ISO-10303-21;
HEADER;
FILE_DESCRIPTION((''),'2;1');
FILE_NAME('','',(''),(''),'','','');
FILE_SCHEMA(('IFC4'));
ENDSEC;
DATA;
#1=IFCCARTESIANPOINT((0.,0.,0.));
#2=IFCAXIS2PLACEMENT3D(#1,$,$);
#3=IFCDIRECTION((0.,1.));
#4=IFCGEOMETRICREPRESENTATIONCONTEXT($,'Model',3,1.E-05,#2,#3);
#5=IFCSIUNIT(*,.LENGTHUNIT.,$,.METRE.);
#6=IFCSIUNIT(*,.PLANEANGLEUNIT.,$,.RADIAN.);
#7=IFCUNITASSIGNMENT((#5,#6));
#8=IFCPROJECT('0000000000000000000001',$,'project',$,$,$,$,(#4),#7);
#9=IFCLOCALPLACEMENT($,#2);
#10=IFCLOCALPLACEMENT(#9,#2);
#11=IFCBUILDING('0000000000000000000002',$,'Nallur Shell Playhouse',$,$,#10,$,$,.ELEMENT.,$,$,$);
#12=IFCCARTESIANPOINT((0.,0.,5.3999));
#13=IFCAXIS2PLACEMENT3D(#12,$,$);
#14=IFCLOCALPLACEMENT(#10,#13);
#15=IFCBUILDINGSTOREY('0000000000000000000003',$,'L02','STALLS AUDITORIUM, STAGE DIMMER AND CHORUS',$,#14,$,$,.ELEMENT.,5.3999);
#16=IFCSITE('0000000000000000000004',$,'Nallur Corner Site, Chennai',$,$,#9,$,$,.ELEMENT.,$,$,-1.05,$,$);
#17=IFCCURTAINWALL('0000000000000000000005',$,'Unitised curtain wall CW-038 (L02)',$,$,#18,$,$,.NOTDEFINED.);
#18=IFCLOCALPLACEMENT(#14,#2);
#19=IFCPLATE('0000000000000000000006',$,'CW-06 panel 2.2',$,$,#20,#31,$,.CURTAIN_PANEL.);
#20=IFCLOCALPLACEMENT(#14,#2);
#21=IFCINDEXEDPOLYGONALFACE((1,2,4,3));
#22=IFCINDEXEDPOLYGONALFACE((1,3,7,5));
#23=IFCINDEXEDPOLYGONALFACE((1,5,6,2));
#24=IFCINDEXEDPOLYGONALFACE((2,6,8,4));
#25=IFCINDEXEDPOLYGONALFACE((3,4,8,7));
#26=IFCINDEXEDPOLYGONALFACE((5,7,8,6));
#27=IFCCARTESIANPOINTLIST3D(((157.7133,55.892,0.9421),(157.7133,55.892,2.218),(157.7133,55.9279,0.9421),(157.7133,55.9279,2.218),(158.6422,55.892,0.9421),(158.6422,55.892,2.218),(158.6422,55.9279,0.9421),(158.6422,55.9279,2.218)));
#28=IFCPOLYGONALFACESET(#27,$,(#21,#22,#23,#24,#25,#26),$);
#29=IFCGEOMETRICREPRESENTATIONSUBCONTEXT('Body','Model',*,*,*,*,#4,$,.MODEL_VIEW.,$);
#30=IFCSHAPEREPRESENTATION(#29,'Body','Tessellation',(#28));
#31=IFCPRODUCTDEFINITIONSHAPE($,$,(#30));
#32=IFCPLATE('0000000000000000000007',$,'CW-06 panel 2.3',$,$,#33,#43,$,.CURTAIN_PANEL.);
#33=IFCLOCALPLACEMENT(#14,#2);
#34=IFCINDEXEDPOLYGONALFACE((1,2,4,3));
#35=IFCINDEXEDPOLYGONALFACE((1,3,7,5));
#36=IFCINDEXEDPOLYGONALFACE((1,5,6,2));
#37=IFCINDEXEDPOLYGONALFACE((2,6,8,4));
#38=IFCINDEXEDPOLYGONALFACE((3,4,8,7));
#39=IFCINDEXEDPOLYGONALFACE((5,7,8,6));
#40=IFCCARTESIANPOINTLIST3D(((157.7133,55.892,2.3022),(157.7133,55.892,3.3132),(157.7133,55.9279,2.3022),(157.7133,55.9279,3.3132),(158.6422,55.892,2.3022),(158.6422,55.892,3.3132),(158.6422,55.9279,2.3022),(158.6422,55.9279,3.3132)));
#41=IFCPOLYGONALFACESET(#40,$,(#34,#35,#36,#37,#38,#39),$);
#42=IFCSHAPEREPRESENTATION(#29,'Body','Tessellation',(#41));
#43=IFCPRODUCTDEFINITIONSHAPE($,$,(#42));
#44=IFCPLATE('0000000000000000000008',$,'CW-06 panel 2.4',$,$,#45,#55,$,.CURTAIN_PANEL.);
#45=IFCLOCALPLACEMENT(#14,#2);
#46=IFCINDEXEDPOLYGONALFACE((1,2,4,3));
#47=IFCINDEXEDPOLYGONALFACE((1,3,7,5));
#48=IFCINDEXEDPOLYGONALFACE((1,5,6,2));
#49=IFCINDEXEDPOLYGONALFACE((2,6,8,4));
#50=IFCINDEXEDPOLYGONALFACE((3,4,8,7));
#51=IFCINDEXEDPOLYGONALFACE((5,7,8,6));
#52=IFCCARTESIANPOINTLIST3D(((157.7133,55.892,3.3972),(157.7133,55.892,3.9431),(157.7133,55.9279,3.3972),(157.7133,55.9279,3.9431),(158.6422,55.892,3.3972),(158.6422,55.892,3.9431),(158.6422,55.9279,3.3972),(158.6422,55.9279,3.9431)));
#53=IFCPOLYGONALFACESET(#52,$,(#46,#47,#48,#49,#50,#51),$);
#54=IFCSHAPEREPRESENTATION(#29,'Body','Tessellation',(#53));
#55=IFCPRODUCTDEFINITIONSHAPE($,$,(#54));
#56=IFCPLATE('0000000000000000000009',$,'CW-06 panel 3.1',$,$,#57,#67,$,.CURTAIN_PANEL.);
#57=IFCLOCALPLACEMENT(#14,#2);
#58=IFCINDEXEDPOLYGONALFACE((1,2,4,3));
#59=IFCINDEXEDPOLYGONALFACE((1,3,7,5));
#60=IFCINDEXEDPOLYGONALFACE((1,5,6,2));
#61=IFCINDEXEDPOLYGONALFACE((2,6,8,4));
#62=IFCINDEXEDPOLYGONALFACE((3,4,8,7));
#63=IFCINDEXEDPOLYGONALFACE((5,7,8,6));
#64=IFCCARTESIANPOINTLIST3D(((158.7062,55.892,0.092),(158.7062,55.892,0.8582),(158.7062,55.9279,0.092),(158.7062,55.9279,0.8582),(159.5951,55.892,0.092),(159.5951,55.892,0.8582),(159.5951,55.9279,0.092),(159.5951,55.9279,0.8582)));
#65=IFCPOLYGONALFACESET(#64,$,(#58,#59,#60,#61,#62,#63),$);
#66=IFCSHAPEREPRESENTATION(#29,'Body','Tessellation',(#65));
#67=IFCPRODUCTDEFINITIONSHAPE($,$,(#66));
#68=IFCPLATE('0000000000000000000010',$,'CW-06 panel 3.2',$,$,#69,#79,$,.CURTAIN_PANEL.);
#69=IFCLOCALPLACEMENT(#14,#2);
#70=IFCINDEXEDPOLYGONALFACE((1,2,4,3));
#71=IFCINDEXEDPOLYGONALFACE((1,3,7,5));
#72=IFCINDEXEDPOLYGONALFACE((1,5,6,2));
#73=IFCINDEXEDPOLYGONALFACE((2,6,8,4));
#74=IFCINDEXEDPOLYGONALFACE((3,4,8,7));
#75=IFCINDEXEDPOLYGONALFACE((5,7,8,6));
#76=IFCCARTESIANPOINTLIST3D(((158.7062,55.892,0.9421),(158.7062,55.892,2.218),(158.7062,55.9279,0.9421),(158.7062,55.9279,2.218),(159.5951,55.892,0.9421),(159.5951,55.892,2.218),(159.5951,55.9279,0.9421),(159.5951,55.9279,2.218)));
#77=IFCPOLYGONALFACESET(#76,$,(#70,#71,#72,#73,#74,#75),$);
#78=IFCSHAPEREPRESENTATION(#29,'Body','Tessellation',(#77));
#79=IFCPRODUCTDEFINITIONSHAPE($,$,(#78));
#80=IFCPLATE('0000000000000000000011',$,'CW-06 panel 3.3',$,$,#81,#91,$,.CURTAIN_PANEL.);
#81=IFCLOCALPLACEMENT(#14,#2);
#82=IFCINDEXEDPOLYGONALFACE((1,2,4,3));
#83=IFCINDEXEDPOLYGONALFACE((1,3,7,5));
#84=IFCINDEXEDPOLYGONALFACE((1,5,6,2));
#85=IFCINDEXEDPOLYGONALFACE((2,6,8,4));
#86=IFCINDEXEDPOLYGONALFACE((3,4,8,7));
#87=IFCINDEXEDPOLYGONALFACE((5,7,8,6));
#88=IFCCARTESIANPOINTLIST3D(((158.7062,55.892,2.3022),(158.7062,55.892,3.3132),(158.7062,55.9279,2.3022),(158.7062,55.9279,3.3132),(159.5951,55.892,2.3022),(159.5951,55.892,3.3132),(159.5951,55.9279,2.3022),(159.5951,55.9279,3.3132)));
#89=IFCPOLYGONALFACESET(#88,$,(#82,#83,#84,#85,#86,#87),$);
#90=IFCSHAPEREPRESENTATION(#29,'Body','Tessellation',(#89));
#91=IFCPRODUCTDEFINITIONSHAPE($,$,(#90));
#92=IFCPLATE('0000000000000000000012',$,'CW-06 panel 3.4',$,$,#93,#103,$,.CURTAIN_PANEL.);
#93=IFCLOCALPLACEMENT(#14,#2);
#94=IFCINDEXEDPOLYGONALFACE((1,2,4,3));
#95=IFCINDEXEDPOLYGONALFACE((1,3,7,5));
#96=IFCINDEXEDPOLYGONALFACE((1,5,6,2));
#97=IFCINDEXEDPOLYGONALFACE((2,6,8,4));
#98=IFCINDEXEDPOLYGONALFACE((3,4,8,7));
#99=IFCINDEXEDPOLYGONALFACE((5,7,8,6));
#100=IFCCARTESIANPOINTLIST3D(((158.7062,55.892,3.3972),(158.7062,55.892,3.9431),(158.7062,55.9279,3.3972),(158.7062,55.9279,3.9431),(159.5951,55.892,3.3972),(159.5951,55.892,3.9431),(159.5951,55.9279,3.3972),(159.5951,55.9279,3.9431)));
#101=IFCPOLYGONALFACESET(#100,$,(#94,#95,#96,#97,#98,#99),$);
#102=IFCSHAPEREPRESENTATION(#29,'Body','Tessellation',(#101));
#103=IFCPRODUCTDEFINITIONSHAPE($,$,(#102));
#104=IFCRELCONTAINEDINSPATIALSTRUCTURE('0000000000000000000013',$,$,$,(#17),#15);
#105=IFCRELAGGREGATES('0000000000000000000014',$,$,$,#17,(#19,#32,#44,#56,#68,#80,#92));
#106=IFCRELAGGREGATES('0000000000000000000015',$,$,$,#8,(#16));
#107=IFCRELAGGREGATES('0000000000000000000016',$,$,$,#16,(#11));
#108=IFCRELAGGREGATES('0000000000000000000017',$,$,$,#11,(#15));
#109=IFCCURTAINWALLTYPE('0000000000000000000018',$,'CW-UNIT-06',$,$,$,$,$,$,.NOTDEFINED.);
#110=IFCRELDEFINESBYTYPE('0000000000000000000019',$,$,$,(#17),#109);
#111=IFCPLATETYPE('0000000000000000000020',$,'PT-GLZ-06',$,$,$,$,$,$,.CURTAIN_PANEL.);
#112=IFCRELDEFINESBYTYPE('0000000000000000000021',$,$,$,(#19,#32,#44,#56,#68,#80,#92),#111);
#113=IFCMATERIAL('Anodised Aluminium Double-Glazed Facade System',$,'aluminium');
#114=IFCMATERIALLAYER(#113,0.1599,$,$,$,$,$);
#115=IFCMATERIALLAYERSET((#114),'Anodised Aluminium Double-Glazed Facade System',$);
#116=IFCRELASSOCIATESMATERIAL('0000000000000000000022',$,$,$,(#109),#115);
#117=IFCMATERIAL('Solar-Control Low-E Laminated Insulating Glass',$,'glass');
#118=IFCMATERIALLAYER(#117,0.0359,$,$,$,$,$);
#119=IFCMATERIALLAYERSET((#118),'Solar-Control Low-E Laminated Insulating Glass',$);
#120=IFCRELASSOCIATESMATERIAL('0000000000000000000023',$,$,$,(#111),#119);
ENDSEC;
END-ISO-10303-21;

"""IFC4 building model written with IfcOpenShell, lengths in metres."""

from ifc_helpers import new_model, si_unit, direction, frame, origin, origin_2d, place, context, subcontext, project, spatial, rectangle, extrude, material, layer, layer_set, type_object, element, aggregate, save


model = new_model("IFC4")

# Units and contexts
model_context = context("Model", 3, precision=1e-05, world=origin(), true_north=direction((0.0, 1.0)))
body_context = subcontext(model_context, "Body", "Model", "MODEL_VIEW")
ifc_project = project(units=[si_unit("LENGTHUNIT", "METRE"), si_unit("PLANEANGLEUNIT", "RADIAN")], contexts=[model_context])

# Site, building, storey
site_placement = place(None, origin())
site = spatial("IfcSite", under=ifc_project, at=site_placement, Name="Nallur Corner Site, Chennai", CompositionType="ELEMENT", RefElevation=-1.05)
building_placement = place(site_placement, origin())
building = spatial("IfcBuilding", under=site, at=building_placement, Name="Nallur Shell Playhouse", CompositionType="ELEMENT")
storey_placement = place(building_placement, frame((0.0, 0.0, 5.3999)))
storey = spatial("IfcBuildingStorey", under=building, at=storey_placement, Name="L02", Description="STALLS AUDITORIUM, STAGE DIMMER AND CHORUS", CompositionType="ELEMENT", Elevation=5.3999)

# Curtain wall
ifc_material_1 = material(Name="Anodised Aluminium Double-Glazed Facade System", Category="aluminium")
ifc_layer_1 = layer(ifc_material_1, 0.1599)
ifc_layer_set_1 = layer_set([ifc_layer_1], Name="Anodised Aluminium Double-Glazed Facade System")
curtain_wall_type_1 = type_object("IfcCurtainWallType", Name="CW-UNIT-06", PredefinedType="NOTDEFINED", material=ifc_layer_set_1)
curtain_wall_1_placement = place(storey_placement, origin())
curtain_wall_1 = element("IfcCurtainWall", 1, at=curtain_wall_1_placement, inside=storey, type_object=curtain_wall_type_1, Name="Unitised curtain wall CW-038 (L02)", PredefinedType="NOTDEFINED")

# Plates
ifc_material_2 = material(Name="Solar-Control Low-E Laminated Insulating Glass", Category="glass")
ifc_layer_2 = layer(ifc_material_2, 0.0359)
ifc_layer_set_2 = layer_set([ifc_layer_2], Name="Solar-Control Low-E Laminated Insulating Glass")
plate_type_1 = type_object("IfcPlateType", Name="PT-GLZ-06", PredefinedType="CURTAIN_PANEL", material=ifc_layer_set_2)
plate_1_placement = place(storey_placement, frame((158.1777, 55.9099, 0.9421), z_axis=(0.0, 0.0, 1.0), x_axis=(1.0, 0.0, 0.0)))
plate_1 = element("IfcPlate", 2, at=plate_1_placement, type_object=plate_type_1, Name="CW-06 panel 2.2", PredefinedType="CURTAIN_PANEL", context=body_context, shape_type="SweptSolid", body=[
    extrude(rectangle(XDim=0.929, YDim=0.0359, at=origin_2d()), origin(), (0.0, 0.0, 1.0), 1.2759),
])
plate_2_placement = place(storey_placement, frame((158.1777, 55.9099, 2.3022), z_axis=(0.0, 0.0, 1.0), x_axis=(1.0, 0.0, 0.0)))
plate_2 = element("IfcPlate", 3, at=plate_2_placement, type_object=plate_type_1, Name="CW-06 panel 2.3", PredefinedType="CURTAIN_PANEL", context=body_context, shape_type="SweptSolid", body=[
    extrude(rectangle(XDim=0.929, YDim=0.0359, at=origin_2d()), origin(), (0.0, 0.0, 1.0), 1.011),
])
plate_3_placement = place(storey_placement, frame((158.1777, 55.9099, 3.3972), z_axis=(0.0, 0.0, 1.0), x_axis=(1.0, 0.0, 0.0)))
plate_3 = element("IfcPlate", 4, at=plate_3_placement, type_object=plate_type_1, Name="CW-06 panel 2.4", PredefinedType="CURTAIN_PANEL", context=body_context, shape_type="SweptSolid", body=[
    extrude(rectangle(XDim=0.929, YDim=0.0359, at=origin_2d()), origin(), (0.0, 0.0, 1.0), 0.5459),
])
plate_4_placement = place(storey_placement, frame((159.1506, 55.9099, 0.092), z_axis=(0.0, 0.0, 1.0), x_axis=(1.0, 0.0, 0.0)))
plate_4 = element("IfcPlate", 5, at=plate_4_placement, type_object=plate_type_1, Name="CW-06 panel 3.1", PredefinedType="CURTAIN_PANEL", context=body_context, shape_type="SweptSolid", body=[
    extrude(rectangle(XDim=0.8889, YDim=0.0359, at=origin_2d()), origin(), (0.0, 0.0, 1.0), 0.7661),
])
plate_5_placement = place(storey_placement, frame((159.1506, 55.9099, 0.9421), z_axis=(0.0, 0.0, 1.0), x_axis=(1.0, 0.0, 0.0)))
plate_5 = element("IfcPlate", 6, at=plate_5_placement, type_object=plate_type_1, Name="CW-06 panel 3.2", PredefinedType="CURTAIN_PANEL", context=body_context, shape_type="SweptSolid", body=[
    extrude(rectangle(XDim=0.8889, YDim=0.0359, at=origin_2d()), origin(), (0.0, 0.0, 1.0), 1.2759),
])
plate_6_placement = place(storey_placement, frame((159.1506, 55.9099, 2.3022), z_axis=(0.0, 0.0, 1.0), x_axis=(1.0, 0.0, 0.0)))
plate_6 = element("IfcPlate", 7, at=plate_6_placement, type_object=plate_type_1, Name="CW-06 panel 3.3", PredefinedType="CURTAIN_PANEL", context=body_context, shape_type="SweptSolid", body=[
    extrude(rectangle(XDim=0.8889, YDim=0.0359, at=origin_2d()), origin(), (0.0, 0.0, 1.0), 1.011),
])
plate_7_placement = place(storey_placement, frame((159.1506, 55.9099, 3.3972), z_axis=(0.0, 0.0, 1.0), x_axis=(1.0, 0.0, 0.0)))
plate_7 = element("IfcPlate", 8, at=plate_7_placement, type_object=plate_type_1, Name="CW-06 panel 3.4", PredefinedType="CURTAIN_PANEL", context=body_context, shape_type="SweptSolid", body=[
    extrude(rectangle(XDim=0.8889, YDim=0.0359, at=origin_2d()), origin(), (0.0, 0.0, 1.0), 0.5459),
])
aggregate(curtain_wall_1, [plate_1, plate_2, plate_3, plate_4, plate_5, plate_6, plate_7])

save(model, "model.ifc")
